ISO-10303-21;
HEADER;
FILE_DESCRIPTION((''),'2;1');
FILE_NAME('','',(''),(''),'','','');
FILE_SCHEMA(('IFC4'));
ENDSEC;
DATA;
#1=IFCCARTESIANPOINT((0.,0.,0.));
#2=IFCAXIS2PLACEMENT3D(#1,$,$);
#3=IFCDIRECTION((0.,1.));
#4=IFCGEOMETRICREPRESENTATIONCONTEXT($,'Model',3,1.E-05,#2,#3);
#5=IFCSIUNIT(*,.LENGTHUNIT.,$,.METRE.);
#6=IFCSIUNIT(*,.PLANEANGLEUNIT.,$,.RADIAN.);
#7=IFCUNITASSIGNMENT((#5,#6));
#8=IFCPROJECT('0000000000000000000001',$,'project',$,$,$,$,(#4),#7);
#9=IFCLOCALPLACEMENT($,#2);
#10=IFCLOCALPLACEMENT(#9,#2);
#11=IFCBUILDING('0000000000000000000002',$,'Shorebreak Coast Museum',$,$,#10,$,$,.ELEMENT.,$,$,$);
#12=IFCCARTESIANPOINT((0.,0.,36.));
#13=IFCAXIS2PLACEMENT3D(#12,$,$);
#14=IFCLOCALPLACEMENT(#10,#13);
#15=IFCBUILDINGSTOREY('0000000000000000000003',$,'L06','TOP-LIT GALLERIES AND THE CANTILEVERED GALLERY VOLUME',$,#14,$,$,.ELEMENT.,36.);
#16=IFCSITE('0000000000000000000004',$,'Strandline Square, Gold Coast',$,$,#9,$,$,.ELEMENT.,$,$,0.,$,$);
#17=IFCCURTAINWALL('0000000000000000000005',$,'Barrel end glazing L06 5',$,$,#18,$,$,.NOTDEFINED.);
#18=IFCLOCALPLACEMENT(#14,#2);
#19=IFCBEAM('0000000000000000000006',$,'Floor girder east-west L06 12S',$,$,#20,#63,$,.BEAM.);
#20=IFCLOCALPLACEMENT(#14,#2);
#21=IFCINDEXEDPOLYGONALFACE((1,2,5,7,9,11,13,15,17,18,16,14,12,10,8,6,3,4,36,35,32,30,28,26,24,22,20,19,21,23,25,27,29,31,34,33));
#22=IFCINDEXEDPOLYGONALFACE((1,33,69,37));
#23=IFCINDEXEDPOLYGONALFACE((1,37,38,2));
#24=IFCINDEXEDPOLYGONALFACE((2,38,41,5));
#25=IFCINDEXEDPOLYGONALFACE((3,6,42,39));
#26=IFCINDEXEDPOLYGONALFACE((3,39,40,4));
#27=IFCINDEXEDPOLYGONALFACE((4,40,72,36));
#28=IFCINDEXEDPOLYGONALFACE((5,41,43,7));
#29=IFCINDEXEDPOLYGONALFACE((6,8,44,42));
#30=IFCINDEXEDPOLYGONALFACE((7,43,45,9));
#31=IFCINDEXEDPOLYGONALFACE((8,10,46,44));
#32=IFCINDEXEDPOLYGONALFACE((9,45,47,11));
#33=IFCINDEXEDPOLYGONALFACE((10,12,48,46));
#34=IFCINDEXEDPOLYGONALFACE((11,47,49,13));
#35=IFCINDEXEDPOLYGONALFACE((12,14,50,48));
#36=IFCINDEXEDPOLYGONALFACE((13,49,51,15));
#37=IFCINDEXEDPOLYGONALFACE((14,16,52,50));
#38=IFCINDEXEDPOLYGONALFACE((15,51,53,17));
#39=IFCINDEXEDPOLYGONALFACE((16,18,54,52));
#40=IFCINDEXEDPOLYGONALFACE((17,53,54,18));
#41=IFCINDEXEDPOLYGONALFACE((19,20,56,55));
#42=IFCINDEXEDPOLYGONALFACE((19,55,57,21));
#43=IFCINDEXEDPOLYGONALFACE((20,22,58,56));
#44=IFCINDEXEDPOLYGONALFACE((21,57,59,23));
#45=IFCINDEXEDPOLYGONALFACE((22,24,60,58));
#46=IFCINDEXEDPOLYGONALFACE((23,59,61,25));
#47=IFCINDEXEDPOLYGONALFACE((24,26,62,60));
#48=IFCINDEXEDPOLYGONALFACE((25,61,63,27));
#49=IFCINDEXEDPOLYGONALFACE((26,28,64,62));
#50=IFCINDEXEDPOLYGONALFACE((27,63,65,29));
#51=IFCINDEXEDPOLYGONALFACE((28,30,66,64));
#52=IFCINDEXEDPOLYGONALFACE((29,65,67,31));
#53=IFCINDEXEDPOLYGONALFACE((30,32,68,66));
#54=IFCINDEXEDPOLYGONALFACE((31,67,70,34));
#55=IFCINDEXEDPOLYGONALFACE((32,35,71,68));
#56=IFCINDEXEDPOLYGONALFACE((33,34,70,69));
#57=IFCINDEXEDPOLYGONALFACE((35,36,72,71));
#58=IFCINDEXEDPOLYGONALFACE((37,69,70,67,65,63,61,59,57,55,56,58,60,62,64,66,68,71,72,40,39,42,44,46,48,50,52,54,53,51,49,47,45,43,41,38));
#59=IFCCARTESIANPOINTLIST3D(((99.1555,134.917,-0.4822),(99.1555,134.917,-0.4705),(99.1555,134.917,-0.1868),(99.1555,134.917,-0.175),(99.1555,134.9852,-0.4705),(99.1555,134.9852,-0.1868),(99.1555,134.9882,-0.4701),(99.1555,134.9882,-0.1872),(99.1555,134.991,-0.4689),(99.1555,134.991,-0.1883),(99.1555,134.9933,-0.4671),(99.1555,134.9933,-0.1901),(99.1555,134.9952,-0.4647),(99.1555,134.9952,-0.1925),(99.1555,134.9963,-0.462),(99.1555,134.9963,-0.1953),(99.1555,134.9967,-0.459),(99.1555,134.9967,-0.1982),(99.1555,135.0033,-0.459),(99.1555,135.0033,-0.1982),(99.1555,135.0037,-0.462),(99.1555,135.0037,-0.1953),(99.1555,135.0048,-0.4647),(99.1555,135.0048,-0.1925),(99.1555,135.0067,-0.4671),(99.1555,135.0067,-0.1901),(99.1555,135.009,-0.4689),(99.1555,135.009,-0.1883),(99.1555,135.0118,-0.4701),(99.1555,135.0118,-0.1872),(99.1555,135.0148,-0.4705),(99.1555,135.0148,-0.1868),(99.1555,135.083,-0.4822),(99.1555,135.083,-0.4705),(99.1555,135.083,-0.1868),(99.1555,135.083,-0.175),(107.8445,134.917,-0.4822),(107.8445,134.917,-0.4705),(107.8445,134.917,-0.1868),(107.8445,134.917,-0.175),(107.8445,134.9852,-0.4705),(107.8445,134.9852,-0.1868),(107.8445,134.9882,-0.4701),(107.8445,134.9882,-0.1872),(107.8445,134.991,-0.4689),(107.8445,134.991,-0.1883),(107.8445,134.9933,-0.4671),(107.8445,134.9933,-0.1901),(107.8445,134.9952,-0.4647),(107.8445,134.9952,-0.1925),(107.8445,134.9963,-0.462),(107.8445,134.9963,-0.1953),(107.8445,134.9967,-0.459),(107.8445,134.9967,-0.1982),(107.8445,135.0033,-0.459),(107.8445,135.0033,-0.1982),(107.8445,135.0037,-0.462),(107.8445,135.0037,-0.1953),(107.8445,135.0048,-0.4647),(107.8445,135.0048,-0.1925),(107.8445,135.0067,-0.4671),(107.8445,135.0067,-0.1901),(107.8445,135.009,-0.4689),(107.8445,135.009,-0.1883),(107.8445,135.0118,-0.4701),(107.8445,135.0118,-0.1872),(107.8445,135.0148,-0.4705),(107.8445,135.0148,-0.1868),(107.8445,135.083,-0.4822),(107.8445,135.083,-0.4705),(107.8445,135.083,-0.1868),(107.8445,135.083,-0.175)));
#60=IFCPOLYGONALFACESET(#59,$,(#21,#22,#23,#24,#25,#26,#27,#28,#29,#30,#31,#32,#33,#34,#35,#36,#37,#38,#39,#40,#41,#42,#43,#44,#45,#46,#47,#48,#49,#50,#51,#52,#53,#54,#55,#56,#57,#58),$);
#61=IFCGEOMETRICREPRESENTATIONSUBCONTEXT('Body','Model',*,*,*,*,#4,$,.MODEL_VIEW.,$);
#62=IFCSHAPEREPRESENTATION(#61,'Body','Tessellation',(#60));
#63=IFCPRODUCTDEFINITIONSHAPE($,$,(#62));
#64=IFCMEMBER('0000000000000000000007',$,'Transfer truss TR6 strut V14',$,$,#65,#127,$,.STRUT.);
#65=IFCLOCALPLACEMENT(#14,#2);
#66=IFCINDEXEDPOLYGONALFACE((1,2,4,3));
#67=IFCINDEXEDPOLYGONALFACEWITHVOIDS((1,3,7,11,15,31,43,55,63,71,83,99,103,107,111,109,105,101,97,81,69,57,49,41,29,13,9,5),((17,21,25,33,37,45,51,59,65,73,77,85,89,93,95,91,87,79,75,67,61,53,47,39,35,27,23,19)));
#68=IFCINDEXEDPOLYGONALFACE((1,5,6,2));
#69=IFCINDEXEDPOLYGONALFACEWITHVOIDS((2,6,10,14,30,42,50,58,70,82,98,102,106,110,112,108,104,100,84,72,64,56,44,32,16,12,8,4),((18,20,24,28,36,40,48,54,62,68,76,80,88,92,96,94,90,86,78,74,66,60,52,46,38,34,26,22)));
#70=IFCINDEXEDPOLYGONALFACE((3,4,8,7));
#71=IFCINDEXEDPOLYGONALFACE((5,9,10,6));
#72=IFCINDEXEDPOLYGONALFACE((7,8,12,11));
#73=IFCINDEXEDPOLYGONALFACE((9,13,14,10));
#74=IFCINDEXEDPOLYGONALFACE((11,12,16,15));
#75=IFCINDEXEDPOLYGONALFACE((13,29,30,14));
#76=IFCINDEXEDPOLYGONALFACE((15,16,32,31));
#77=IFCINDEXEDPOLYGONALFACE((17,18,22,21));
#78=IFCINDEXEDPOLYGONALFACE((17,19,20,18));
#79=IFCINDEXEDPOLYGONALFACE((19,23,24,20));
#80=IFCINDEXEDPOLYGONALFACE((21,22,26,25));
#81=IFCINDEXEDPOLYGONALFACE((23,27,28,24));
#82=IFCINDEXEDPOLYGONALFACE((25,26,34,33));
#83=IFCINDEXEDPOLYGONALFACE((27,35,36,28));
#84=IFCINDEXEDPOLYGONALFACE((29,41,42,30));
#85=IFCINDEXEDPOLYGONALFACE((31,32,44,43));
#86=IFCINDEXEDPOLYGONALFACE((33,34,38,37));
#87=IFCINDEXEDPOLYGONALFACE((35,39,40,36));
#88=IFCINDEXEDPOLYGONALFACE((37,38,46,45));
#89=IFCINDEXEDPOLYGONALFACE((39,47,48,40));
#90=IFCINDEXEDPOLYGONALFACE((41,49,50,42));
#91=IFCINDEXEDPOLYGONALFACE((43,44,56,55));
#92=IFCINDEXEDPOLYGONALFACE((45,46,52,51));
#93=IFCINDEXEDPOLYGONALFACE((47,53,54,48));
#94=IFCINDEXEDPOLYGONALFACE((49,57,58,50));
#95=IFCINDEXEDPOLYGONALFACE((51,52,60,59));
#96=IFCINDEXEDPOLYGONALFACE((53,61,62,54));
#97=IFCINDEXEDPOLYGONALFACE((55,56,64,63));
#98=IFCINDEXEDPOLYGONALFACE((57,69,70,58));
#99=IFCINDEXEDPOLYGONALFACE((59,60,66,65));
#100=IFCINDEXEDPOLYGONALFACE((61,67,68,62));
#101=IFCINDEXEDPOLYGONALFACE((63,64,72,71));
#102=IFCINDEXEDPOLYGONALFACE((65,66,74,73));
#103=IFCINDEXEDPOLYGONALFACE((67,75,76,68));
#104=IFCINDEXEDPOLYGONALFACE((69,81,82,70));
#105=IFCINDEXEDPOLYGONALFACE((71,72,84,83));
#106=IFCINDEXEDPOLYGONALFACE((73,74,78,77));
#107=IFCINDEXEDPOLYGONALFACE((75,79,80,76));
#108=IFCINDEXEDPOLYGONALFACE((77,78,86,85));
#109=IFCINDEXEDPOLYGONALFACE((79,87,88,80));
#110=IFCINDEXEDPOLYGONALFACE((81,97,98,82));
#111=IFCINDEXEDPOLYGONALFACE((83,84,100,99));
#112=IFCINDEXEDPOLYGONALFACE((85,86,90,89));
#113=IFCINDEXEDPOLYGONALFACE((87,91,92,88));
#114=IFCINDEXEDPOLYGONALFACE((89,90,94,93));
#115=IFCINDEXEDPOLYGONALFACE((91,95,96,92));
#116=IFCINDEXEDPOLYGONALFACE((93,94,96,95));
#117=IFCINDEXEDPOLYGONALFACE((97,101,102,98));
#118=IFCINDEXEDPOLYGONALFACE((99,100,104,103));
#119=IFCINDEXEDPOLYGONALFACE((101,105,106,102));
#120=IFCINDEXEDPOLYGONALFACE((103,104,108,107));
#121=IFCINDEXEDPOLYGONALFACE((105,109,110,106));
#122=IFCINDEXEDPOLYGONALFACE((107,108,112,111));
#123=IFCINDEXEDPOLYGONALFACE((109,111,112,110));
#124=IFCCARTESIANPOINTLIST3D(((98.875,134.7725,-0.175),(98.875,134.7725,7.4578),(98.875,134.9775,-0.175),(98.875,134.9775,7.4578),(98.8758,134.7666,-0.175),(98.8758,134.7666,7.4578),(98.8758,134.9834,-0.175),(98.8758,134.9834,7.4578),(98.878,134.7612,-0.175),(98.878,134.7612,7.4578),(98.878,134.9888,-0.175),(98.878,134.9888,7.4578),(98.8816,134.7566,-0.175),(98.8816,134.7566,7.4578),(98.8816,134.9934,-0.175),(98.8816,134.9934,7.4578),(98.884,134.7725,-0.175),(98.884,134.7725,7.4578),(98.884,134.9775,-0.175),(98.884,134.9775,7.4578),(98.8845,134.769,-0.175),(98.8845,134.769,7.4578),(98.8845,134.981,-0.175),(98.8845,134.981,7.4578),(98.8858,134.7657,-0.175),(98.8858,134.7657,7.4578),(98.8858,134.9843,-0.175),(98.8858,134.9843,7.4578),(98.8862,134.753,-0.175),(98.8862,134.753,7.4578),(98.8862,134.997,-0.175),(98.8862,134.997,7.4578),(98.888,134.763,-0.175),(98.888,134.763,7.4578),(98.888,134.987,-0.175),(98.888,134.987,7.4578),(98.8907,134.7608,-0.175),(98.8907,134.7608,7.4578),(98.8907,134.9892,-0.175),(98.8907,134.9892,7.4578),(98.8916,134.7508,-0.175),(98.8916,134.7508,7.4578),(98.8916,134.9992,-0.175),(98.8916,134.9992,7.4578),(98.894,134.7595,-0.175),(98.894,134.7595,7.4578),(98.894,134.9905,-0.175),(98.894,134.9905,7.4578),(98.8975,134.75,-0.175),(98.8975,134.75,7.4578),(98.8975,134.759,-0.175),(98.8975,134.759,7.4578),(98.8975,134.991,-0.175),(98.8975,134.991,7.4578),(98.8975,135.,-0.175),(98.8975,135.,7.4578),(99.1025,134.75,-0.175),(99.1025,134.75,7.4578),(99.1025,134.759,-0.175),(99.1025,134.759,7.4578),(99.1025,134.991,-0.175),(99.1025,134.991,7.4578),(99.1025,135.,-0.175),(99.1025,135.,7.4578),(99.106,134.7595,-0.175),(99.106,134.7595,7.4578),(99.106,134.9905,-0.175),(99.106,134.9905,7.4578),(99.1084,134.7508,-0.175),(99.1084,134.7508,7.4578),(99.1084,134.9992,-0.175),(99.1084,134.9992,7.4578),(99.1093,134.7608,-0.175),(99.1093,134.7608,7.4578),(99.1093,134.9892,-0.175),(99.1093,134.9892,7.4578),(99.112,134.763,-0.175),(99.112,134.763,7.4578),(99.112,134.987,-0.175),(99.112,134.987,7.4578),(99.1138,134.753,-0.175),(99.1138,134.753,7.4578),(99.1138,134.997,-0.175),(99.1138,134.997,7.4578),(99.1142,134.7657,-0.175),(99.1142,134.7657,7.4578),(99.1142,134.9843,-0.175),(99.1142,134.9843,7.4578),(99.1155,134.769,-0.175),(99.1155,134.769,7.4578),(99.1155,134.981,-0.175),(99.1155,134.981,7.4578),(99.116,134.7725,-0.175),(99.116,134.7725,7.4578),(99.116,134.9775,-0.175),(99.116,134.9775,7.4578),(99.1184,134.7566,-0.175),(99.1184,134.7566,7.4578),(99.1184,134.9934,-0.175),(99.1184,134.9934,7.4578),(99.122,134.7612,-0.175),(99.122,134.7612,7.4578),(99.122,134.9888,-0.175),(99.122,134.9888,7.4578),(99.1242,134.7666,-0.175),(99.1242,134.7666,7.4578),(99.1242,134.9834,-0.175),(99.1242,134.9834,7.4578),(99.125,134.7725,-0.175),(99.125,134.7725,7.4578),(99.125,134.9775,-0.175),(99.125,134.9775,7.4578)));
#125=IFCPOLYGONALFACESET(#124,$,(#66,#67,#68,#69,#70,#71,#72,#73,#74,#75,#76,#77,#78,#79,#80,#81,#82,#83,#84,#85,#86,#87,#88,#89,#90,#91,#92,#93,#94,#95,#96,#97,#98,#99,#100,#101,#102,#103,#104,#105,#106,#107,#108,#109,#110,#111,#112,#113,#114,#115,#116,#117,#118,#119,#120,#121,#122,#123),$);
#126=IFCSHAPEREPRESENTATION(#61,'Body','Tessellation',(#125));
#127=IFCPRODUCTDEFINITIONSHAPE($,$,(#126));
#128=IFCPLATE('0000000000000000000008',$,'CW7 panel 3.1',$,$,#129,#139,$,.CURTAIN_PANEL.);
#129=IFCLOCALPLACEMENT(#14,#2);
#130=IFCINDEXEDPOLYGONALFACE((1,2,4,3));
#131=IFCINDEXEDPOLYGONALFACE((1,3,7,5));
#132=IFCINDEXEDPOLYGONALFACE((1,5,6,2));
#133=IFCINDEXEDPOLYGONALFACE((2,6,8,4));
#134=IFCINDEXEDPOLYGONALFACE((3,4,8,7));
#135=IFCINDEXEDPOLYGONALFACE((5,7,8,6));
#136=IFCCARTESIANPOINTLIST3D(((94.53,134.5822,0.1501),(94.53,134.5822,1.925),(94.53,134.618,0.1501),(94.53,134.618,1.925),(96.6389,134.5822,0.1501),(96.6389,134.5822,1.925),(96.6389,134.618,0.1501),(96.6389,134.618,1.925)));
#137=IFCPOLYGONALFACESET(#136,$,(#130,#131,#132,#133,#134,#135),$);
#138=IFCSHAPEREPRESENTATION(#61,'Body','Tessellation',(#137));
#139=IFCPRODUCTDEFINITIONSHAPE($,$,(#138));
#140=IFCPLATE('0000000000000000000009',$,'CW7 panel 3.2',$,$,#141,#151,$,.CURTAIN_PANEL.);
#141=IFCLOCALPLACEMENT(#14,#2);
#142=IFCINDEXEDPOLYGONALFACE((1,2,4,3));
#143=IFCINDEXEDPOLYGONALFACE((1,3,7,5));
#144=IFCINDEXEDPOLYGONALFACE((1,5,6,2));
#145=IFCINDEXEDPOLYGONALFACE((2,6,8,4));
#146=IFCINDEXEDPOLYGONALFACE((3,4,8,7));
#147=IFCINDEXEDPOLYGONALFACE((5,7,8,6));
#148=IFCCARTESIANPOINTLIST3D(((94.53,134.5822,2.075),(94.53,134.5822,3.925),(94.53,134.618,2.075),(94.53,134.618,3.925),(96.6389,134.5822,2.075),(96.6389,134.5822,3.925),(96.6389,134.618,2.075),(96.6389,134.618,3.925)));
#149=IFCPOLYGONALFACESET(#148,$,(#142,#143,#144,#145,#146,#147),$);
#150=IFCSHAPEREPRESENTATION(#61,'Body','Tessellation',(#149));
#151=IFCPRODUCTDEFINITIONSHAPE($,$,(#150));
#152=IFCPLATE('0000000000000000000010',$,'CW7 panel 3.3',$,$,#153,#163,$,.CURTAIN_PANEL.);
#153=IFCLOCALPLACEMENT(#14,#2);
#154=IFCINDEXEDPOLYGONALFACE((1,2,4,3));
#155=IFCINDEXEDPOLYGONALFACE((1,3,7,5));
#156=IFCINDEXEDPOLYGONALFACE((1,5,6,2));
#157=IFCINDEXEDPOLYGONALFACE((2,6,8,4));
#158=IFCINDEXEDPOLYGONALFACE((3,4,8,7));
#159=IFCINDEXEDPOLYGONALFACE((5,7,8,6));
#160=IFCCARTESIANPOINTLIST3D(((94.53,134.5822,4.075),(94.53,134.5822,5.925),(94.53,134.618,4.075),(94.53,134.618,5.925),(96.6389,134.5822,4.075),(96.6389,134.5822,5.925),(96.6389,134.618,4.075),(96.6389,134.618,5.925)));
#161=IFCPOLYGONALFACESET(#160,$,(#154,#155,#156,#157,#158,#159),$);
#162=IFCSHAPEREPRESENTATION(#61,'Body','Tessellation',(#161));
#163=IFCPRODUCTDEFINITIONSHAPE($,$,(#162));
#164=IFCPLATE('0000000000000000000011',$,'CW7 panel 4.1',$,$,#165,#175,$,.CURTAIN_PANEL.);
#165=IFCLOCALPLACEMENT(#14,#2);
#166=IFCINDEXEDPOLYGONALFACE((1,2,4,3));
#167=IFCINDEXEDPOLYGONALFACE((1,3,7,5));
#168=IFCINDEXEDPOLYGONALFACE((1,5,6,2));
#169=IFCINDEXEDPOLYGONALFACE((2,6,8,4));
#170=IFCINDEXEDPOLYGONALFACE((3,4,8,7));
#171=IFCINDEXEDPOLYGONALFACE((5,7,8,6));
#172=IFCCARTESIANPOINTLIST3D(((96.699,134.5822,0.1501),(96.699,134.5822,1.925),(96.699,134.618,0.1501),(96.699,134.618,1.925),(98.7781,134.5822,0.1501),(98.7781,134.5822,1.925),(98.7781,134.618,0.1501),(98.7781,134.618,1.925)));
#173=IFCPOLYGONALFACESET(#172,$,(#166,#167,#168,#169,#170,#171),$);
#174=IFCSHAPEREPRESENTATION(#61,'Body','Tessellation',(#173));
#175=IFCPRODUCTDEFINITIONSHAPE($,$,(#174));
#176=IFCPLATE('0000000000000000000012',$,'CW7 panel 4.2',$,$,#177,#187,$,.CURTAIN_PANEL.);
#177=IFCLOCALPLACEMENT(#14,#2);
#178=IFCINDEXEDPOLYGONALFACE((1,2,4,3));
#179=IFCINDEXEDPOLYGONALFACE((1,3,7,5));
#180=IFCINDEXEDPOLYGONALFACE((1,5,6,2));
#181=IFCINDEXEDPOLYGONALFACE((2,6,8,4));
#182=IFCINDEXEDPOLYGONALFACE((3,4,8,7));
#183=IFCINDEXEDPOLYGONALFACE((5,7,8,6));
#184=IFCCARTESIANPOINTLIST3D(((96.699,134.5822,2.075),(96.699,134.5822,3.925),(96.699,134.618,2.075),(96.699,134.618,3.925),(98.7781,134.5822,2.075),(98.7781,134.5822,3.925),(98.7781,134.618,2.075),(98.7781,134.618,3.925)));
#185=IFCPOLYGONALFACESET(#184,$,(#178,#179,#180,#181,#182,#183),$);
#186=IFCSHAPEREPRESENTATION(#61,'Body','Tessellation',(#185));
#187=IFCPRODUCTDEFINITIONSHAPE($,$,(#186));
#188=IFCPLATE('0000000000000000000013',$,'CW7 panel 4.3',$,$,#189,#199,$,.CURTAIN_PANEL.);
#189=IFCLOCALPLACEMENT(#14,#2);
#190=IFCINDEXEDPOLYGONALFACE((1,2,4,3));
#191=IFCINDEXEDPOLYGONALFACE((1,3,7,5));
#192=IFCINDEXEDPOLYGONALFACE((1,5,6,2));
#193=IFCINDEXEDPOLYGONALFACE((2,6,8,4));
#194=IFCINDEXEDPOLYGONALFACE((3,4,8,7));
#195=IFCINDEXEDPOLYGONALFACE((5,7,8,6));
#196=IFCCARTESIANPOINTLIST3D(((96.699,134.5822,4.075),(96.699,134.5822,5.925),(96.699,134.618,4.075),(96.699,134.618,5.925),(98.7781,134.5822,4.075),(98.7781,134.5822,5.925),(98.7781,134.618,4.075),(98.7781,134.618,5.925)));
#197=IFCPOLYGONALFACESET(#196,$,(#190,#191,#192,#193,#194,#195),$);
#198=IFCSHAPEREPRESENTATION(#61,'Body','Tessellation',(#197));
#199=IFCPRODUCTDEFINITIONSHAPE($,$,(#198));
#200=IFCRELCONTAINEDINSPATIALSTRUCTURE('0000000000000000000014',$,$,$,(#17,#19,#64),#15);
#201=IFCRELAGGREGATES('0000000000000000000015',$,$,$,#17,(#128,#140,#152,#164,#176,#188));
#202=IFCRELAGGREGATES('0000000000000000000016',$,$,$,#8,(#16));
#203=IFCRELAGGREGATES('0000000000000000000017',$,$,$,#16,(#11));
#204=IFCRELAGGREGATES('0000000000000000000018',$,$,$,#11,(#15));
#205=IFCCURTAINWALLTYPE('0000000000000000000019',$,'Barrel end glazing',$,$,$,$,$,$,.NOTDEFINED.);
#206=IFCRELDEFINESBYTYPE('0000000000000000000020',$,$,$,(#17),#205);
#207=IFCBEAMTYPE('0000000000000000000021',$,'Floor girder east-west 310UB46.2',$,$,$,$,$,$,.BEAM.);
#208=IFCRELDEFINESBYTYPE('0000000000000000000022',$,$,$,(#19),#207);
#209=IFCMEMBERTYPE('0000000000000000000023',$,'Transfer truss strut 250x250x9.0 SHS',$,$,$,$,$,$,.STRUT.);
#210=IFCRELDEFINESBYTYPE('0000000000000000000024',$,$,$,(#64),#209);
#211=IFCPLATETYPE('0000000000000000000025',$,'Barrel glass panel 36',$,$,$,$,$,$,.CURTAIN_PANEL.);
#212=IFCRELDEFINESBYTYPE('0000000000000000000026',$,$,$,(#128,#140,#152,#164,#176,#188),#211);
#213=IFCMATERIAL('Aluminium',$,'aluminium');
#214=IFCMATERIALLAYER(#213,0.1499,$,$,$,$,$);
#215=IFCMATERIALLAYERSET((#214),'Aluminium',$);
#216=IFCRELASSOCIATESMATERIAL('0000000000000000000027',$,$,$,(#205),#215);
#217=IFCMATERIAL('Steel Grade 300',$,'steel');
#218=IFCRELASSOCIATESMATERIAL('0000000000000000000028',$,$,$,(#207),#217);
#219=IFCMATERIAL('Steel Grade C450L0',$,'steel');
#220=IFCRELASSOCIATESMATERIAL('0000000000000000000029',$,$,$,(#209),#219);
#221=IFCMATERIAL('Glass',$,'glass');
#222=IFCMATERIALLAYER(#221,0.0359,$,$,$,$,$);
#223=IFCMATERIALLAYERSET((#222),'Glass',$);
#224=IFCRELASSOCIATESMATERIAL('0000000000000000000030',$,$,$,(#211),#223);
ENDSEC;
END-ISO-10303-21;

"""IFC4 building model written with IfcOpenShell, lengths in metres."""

from ifc_helpers import new_model, si_unit, direction, frame, origin, origin_2d, place, context, subcontext, project, spatial, rectangle, hollow_rectangle, i_section, extrude, material, layer, layer_set, material_profile, profile_set, type_object, element, aggregate, save


model = new_model("IFC4")

# Units and contexts
model_context = context("Model", 3, precision=1e-05, world=origin(), true_north=direction((0.0, 1.0)))
body_context = subcontext(model_context, "Body", "Model", "MODEL_VIEW")
ifc_project = project(units=[si_unit("LENGTHUNIT", "METRE"), si_unit("PLANEANGLEUNIT", "RADIAN")], contexts=[model_context])

# Site, building, storey
site_placement = place(None, origin())
site = spatial("IfcSite", under=ifc_project, at=site_placement, Name="Strandline Square, Gold Coast", CompositionType="ELEMENT", RefElevation=0.0)
building_placement = place(site_placement, origin())
building = spatial("IfcBuilding", under=site, at=building_placement, Name="Shorebreak Coast Museum", CompositionType="ELEMENT")
storey_placement = place(building_placement, frame((0.0, 0.0, 36.0)))
storey = spatial("IfcBuildingStorey", under=building, at=storey_placement, Name="L06", Description="TOP-LIT GALLERIES AND THE CANTILEVERED GALLERY VOLUME", CompositionType="ELEMENT", Elevation=36.0)

# Curtain wall
ifc_material_1 = material(Name="Aluminium", Category="aluminium")
ifc_layer_1 = layer(ifc_material_1, 0.1499)
ifc_layer_set_1 = layer_set([ifc_layer_1], Name="Aluminium")
curtain_wall_type = type_object("IfcCurtainWallType", Name="Barrel end glazing", PredefinedType="NOTDEFINED", material=ifc_layer_set_1)
curtain_wall_1_placement = place(storey_placement, origin())
curtain_wall_1 = element("IfcCurtainWall", 1, at=curtain_wall_1_placement, inside=storey, type_object=curtain_wall_type, Name="Barrel end glazing L06 5", PredefinedType="NOTDEFINED")

# Beam
ifc_material_2 = material(Name="Steel Grade 300", Category="steel")
ifc_material_profile_1 = material_profile(ifc_material_2, i_section(OverallWidth=0.166, OverallDepth=0.3071, WebThickness=0.0066, FlangeThickness=0.0117, FilletRadius=0.0115, at=origin_2d()), Name="310UB46.2")
ifc_profile_set_1 = profile_set([ifc_material_profile_1], Name="Steel Grade 300")
beam_type = type_object("IfcBeamType", Name="Floor girder east-west 310UB46.2", PredefinedType="BEAM", material=ifc_profile_set_1)
beam_placement = place(storey_placement, frame((99.1555, 135.0, -0.3286), z_axis=(1.0, 0.0, 0.0), x_axis=(0.0, 1.0, 0.0)))
element("IfcBeam", 2, at=beam_placement, inside=storey, type_object=beam_type, Name="Floor girder east-west L06 12S", PredefinedType="BEAM", context=body_context, shape_type="SweptSolid", body=[
    extrude(i_section(OverallWidth=0.166, OverallDepth=0.3071, WebThickness=0.0066, FlangeThickness=0.0117, FilletRadius=0.0115, at=origin_2d()), origin(), (0.0, 0.0, 1.0), 8.689),
])

# Member
ifc_material_3 = material(Name="Steel Grade C450L0", Category="steel")
ifc_material_profile_2 = material_profile(ifc_material_3, hollow_rectangle(XDim=0.25, YDim=0.25, WallThickness=0.009, InnerFilletRadius=0.0134, OuterFilletRadius=0.0225, at=origin_2d()), Name="250x250x9.0 SHS")
ifc_profile_set_2 = profile_set([ifc_material_profile_2], Name="Steel Grade C450L0")
member_type_1 = type_object("IfcMemberType", Name="Transfer truss strut 250x250x9.0 SHS", PredefinedType="STRUT", material=ifc_profile_set_2)
member_1_placement = place(storey_placement, frame((99.0, 134.875, -0.175), z_axis=(0.0, 0.0, 1.0), x_axis=(1.0, 0.0, 0.0)))
element("IfcMember", 3, at=member_1_placement, inside=storey, type_object=member_type_1, Name="Transfer truss TR6 strut V14", PredefinedType="STRUT", context=body_context, shape_type="SweptSolid", body=[
    extrude(hollow_rectangle(XDim=0.25, YDim=0.25, WallThickness=0.009, InnerFilletRadius=0.0134, OuterFilletRadius=0.0225, at=origin_2d()), origin(), (0.0, 0.0, 1.0), 7.6328),
])

# Plates
ifc_material_4 = material(Name="Glass", Category="glass")
ifc_layer_2 = layer(ifc_material_4, 0.0359)
ifc_layer_set_2 = layer_set([ifc_layer_2], Name="Glass")
plate_type = type_object("IfcPlateType", Name="Barrel glass panel 36", PredefinedType="CURTAIN_PANEL", material=ifc_layer_set_2)
plate_1_placement = place(storey_placement, frame((95.5845, 134.6001, 0.1501), z_axis=(0.0, 0.0, 1.0), x_axis=(1.0, 0.0, 0.0)))
plate_1 = element("IfcPlate", 4, at=plate_1_placement, type_object=plate_type, Name="CW7 panel 3.1", PredefinedType="CURTAIN_PANEL", context=body_context, shape_type="SweptSolid", body=[
    extrude(rectangle(XDim=2.1089, YDim=0.0359, at=origin_2d()), origin(), (0.0, 0.0, 1.0), 1.7749),
])
plate_2_placement = place(storey_placement, frame((95.5845, 134.6001, 2.075), z_axis=(0.0, 0.0, 1.0), x_axis=(1.0, 0.0, 0.0)))
plate_2 = element("IfcPlate", 5, at=plate_2_placement, type_object=plate_type, Name="CW7 panel 3.2", PredefinedType="CURTAIN_PANEL", context=body_context, shape_type="SweptSolid", body=[
    extrude(rectangle(XDim=2.1089, YDim=0.0359, at=origin_2d()), origin(), (0.0, 0.0, 1.0), 1.8501),
])
plate_3_placement = place(storey_placement, frame((95.5845, 134.6001, 4.075), z_axis=(0.0, 0.0, 1.0), x_axis=(1.0, 0.0, 0.0)))
plate_3 = element("IfcPlate", 6, at=plate_3_placement, type_object=plate_type, Name="CW7 panel 3.3", PredefinedType="CURTAIN_PANEL", context=body_context, shape_type="SweptSolid", body=[
    extrude(rectangle(XDim=2.1089, YDim=0.0359, at=origin_2d()), origin(), (0.0, 0.0, 1.0), 1.8501),
])
plate_4_placement = place(storey_placement, frame((97.7385, 134.6001, 0.1501), z_axis=(0.0, 0.0, 1.0), x_axis=(1.0, 0.0, 0.0)))
plate_4 = element("IfcPlate", 7, at=plate_4_placement, type_object=plate_type, Name="CW7 panel 4.1", PredefinedType="CURTAIN_PANEL", context=body_context, shape_type="SweptSolid", body=[
    extrude(rectangle(XDim=2.0791, YDim=0.0359, at=origin_2d()), origin(), (0.0, 0.0, 1.0), 1.7749),
])
plate_5_placement = place(storey_placement, frame((97.7385, 134.6001, 2.075), z_axis=(0.0, 0.0, 1.0), x_axis=(1.0, 0.0, 0.0)))
plate_5 = element("IfcPlate", 8, at=plate_5_placement, type_object=plate_type, Name="CW7 panel 4.2", PredefinedType="CURTAIN_PANEL", context=body_context, shape_type="SweptSolid", body=[
    extrude(rectangle(XDim=2.0791, YDim=0.0359, at=origin_2d()), origin(), (0.0, 0.0, 1.0), 1.8501),
])
plate_6_placement = place(storey_placement, frame((97.7385, 134.6001, 4.075), z_axis=(0.0, 0.0, 1.0), x_axis=(1.0, 0.0, 0.0)))
plate_6 = element("IfcPlate", 9, at=plate_6_placement, type_object=plate_type, Name="CW7 panel 4.3", PredefinedType="CURTAIN_PANEL", context=body_context, shape_type="SweptSolid", body=[
    extrude(rectangle(XDim=2.0791, YDim=0.0359, at=origin_2d()), origin(), (0.0, 0.0, 1.0), 1.8501),
])
aggregate(curtain_wall_1, [plate_1, plate_2, plate_3, plate_4, plate_5, plate_6])

save(model, "model.ifc")
